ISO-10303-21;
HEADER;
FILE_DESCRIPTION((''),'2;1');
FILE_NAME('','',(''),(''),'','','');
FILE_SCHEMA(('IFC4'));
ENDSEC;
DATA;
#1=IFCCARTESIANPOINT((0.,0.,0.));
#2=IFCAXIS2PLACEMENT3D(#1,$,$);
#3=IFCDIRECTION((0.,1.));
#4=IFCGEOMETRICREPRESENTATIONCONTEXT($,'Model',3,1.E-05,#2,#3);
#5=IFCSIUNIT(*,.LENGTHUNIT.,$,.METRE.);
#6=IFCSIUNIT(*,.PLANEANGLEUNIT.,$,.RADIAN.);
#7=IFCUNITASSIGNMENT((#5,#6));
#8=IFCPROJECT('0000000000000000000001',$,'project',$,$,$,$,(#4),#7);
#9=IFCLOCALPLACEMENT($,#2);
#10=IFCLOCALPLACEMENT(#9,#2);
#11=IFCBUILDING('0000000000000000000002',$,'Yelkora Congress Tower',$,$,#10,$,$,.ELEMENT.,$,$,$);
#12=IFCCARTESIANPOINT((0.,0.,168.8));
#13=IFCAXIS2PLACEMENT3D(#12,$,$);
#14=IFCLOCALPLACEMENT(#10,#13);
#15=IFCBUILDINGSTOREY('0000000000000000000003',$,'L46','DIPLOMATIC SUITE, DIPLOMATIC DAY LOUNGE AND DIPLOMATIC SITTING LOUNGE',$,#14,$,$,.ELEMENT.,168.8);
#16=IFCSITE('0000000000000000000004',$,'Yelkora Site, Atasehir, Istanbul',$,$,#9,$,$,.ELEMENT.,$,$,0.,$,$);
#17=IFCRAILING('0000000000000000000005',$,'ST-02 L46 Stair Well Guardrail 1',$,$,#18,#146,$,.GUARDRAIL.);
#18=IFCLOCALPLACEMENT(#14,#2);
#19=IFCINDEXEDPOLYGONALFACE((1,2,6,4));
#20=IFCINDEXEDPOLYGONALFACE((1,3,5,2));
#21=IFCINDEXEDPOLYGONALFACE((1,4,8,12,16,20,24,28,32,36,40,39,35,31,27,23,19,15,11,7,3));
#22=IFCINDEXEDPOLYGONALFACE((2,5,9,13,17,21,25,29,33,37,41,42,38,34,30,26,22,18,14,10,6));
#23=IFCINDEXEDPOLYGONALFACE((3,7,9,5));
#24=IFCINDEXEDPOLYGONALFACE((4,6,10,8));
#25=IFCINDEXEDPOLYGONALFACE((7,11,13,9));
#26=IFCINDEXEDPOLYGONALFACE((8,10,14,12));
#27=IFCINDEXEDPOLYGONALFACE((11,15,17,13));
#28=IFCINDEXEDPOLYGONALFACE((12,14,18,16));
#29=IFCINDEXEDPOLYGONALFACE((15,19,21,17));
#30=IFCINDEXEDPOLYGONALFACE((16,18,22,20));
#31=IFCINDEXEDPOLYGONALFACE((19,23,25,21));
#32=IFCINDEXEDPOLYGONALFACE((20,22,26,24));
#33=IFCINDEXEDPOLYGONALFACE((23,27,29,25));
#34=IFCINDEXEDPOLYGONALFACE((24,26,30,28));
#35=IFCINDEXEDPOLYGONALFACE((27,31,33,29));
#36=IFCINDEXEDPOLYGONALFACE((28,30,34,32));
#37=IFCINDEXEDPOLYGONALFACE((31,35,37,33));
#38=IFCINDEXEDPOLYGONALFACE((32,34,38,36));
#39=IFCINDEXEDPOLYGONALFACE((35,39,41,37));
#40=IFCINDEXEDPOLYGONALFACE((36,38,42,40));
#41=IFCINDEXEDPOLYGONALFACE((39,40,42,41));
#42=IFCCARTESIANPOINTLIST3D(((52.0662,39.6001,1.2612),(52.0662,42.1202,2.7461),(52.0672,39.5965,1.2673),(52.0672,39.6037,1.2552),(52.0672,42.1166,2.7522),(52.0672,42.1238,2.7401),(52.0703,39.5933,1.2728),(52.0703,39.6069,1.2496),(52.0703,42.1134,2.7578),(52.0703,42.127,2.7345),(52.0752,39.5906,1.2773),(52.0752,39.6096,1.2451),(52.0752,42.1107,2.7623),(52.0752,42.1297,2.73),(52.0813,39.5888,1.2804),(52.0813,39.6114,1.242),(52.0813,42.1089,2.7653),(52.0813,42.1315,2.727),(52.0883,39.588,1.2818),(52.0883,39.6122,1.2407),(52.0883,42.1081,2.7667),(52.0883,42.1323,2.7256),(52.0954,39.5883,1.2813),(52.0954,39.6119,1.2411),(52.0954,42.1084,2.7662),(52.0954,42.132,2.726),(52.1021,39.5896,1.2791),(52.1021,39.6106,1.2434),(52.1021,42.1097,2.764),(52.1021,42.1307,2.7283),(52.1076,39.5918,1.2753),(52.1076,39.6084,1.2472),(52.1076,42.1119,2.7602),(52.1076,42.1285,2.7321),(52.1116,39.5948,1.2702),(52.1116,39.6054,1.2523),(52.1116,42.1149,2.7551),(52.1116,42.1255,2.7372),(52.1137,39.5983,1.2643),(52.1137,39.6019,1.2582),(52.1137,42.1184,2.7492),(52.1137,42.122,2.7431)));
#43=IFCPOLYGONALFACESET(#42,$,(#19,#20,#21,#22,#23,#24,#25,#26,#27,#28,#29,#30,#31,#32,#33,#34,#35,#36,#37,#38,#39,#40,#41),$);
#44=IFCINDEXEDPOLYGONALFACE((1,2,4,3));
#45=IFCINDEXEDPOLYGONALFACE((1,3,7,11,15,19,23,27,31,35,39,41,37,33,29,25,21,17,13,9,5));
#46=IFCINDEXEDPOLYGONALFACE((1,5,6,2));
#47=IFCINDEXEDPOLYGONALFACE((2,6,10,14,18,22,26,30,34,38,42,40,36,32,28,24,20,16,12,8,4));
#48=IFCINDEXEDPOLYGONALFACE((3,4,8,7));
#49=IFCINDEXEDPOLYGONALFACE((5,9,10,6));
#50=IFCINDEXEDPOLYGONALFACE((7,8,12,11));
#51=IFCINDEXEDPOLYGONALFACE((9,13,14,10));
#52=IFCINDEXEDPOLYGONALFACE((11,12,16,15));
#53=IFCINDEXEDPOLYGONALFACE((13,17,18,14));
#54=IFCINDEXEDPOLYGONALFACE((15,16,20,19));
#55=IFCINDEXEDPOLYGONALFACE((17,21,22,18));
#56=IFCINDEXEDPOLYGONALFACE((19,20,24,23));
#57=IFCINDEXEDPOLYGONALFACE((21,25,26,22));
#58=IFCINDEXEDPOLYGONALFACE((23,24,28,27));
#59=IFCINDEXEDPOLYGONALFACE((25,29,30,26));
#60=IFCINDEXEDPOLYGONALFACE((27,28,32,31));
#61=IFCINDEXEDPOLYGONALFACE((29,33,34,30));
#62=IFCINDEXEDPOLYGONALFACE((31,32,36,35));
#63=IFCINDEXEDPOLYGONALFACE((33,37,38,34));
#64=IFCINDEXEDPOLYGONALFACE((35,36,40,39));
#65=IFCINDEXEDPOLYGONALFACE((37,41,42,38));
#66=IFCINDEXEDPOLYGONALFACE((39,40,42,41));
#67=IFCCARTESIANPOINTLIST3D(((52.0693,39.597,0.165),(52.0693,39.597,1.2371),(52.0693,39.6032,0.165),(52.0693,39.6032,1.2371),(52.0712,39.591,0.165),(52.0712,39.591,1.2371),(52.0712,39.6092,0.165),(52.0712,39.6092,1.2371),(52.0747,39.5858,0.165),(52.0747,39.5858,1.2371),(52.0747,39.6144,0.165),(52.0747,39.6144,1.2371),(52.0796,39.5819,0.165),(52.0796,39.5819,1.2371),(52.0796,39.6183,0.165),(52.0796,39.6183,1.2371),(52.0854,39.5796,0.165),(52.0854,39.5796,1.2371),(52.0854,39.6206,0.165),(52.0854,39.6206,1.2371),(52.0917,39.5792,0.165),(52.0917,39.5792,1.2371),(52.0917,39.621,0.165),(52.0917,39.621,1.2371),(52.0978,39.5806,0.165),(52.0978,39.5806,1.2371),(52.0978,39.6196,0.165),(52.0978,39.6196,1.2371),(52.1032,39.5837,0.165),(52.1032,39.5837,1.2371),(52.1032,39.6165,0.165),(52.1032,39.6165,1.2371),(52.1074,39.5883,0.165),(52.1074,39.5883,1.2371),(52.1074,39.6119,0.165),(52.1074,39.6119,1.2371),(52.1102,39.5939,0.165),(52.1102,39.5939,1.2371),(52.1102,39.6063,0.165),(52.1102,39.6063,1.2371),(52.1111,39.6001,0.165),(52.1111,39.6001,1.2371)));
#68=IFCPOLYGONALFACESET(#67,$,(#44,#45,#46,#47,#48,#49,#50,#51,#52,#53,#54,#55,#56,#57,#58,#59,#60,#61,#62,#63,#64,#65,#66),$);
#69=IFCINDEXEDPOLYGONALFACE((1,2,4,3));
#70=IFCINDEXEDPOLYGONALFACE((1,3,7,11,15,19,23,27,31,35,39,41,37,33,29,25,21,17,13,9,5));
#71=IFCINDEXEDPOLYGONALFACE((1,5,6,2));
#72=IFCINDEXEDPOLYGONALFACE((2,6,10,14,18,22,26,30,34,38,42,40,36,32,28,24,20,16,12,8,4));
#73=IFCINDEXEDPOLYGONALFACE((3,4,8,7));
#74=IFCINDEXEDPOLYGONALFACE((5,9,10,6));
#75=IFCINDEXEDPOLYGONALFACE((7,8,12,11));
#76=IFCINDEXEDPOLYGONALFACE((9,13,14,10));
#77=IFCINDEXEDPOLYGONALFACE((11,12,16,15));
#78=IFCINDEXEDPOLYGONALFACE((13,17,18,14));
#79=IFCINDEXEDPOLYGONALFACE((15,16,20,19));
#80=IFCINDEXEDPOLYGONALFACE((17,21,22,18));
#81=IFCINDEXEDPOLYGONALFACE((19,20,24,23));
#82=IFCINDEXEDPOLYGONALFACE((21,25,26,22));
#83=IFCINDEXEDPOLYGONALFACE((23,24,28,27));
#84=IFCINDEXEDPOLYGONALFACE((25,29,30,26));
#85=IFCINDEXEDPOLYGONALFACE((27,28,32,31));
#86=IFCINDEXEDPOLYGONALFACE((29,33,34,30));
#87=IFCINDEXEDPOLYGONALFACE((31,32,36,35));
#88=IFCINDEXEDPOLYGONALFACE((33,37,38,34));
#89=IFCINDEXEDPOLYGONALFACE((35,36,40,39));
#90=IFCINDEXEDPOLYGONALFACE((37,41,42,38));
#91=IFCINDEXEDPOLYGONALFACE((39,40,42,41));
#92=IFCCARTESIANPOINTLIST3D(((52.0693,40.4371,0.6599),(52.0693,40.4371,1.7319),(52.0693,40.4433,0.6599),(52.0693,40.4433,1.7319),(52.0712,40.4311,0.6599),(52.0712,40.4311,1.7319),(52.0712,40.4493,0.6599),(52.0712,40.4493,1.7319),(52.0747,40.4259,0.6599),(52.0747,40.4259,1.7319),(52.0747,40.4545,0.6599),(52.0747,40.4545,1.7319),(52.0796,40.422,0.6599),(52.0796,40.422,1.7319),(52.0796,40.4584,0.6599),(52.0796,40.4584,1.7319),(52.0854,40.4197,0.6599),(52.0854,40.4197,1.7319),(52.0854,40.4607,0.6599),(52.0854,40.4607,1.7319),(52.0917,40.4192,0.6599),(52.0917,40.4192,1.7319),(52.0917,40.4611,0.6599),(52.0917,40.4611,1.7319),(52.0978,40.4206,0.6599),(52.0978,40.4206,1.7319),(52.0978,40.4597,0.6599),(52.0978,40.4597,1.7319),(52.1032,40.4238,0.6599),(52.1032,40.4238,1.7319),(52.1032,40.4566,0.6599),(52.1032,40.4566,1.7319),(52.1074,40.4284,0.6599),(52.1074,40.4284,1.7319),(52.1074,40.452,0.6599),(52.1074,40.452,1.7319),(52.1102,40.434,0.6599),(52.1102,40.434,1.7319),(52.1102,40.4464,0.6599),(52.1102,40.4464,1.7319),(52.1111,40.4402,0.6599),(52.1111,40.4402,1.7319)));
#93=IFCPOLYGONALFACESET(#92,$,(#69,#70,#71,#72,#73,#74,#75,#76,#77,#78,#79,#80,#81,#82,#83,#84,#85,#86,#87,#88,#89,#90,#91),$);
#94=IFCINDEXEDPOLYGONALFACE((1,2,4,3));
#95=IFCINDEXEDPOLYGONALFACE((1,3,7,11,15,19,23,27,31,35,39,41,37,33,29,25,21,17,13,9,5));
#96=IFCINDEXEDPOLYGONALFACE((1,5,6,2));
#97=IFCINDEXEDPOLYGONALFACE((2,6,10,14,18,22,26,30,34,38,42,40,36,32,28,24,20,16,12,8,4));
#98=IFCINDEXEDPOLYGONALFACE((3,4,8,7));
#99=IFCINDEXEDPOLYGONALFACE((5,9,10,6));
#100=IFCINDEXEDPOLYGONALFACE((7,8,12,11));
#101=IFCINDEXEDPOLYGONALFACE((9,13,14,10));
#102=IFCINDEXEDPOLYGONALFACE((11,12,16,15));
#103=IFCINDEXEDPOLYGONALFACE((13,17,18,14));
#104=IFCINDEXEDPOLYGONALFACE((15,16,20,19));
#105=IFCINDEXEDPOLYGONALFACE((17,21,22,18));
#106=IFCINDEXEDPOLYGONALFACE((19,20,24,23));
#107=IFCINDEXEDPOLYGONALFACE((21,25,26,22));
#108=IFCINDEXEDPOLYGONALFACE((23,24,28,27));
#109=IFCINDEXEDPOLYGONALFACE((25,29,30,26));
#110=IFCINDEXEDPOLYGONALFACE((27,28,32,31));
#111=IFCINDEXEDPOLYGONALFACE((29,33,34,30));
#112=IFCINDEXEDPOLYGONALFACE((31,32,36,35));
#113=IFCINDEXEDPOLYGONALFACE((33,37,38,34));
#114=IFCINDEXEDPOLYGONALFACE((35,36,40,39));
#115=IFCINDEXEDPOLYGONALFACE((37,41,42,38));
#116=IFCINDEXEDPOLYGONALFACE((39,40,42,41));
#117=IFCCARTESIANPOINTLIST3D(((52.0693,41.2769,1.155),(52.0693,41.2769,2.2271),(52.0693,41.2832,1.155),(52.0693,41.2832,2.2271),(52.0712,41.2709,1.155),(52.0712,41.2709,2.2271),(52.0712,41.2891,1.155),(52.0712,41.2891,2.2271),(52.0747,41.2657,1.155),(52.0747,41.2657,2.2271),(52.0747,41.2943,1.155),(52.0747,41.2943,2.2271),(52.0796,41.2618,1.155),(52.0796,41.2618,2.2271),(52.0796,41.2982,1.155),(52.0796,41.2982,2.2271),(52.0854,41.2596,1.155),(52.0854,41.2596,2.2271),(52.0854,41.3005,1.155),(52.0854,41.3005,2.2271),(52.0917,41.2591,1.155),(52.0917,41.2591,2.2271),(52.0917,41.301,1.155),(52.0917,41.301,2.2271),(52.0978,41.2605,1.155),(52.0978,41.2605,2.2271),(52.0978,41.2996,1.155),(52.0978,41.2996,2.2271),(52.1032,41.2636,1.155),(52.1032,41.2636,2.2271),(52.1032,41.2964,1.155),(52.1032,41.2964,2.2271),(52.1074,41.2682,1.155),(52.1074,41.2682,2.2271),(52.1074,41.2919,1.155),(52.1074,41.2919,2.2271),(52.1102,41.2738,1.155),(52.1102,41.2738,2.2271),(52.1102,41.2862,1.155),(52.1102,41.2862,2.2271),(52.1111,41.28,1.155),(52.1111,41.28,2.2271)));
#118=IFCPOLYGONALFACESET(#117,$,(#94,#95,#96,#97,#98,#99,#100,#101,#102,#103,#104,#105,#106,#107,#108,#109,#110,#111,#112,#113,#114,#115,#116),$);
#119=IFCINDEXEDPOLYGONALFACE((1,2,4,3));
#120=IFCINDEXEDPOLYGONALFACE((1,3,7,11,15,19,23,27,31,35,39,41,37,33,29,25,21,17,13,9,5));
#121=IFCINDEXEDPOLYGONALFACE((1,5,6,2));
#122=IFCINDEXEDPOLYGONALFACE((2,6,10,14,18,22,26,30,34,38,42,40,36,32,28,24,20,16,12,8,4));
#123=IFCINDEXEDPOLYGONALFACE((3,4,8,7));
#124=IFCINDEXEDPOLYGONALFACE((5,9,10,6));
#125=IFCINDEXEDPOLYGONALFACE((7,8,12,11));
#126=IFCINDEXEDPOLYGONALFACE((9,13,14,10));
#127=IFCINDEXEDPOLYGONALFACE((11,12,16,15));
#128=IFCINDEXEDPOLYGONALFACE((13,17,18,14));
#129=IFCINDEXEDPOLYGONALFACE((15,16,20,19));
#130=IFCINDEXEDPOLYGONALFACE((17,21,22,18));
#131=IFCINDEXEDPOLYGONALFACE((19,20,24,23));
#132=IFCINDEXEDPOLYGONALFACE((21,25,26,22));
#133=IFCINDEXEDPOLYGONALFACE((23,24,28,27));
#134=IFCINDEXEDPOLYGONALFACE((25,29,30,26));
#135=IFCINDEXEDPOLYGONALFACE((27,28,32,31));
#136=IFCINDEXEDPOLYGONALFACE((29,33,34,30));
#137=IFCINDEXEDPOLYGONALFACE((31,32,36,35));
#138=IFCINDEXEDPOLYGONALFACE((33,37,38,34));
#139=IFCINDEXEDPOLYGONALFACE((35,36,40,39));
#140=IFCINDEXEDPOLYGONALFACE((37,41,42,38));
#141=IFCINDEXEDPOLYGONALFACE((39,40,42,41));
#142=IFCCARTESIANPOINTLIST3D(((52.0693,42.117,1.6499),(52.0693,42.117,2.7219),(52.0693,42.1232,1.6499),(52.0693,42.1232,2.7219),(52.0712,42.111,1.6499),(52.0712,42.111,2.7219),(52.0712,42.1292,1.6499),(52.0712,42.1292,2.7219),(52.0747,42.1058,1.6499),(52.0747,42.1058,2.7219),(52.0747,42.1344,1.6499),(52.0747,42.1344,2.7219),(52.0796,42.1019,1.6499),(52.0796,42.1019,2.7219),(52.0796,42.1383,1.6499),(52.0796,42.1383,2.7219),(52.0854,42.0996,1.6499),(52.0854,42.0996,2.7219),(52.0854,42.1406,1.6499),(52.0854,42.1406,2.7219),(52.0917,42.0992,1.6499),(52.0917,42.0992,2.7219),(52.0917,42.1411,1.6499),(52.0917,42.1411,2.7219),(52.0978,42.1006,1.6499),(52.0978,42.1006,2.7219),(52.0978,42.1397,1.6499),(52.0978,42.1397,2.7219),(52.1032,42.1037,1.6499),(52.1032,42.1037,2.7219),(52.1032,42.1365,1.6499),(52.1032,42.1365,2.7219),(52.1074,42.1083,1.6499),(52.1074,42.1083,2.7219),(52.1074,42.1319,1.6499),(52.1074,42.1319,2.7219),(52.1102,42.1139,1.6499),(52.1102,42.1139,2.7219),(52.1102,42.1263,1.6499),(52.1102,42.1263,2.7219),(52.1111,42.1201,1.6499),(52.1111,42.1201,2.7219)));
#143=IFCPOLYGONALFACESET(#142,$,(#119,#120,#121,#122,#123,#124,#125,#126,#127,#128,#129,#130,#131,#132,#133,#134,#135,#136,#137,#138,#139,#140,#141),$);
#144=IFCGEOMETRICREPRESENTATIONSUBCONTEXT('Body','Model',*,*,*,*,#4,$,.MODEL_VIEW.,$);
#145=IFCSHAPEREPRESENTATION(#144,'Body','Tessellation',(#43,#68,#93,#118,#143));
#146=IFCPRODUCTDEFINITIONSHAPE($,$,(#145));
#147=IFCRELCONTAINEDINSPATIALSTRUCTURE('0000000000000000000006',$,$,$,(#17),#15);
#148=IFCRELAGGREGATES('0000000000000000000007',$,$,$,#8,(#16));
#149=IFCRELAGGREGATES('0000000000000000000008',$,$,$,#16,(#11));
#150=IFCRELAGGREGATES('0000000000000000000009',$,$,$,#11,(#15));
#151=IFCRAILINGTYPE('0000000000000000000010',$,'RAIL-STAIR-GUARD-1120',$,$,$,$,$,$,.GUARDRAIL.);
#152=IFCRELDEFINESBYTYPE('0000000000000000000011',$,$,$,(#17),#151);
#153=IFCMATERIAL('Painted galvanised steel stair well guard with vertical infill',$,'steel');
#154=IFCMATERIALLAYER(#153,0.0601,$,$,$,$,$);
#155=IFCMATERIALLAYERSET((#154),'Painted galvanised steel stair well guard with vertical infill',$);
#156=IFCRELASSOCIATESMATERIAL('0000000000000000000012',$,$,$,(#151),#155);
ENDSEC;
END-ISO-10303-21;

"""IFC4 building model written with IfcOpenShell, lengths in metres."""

from ifc_helpers import new_model, si_unit, direction, frame, origin, origin_2d, place, context, subcontext, project, spatial, circle, extrude, material, layer, layer_set, type_object, element, save


model = new_model("IFC4")

# Units and contexts
model_context = context("Model", 3, precision=1e-05, world=origin(), true_north=direction((0.0, 1.0)))
body_context = subcontext(model_context, "Body", "Model", "MODEL_VIEW")
ifc_project = project(units=[si_unit("LENGTHUNIT", "METRE"), si_unit("PLANEANGLEUNIT", "RADIAN")], contexts=[model_context])

# Site, building, storey
site_placement = place(None, origin())
site = spatial("IfcSite", under=ifc_project, at=site_placement, Name="Yelkora Site, Atasehir, Istanbul", CompositionType="ELEMENT", RefElevation=0.0)
building_placement = place(site_placement, origin())
building = spatial("IfcBuilding", under=site, at=building_placement, Name="Yelkora Congress Tower", CompositionType="ELEMENT")
storey_placement = place(building_placement, frame((0.0, 0.0, 168.8)))
storey = spatial("IfcBuildingStorey", under=building, at=storey_placement, Name="L46", Description="DIPLOMATIC SUITE, DIPLOMATIC DAY LOUNGE AND DIPLOMATIC SITTING LOUNGE", CompositionType="ELEMENT", Elevation=168.8)

# Railing
ifc_material_1 = material(Name="Painted galvanised steel stair well guard with vertical infill", Category="steel")
ifc_layer_1 = layer(ifc_material_1, 0.0601)
ifc_layer_set_1 = layer_set([ifc_layer_1], Name="Painted galvanised steel stair well guard with vertical infill")
railing_type_1 = type_object("IfcRailingType", Name="RAIL-STAIR-GUARD-1120", PredefinedType="GUARDRAIL", material=ifc_layer_set_1)
railing_1_placement = place(storey_placement, frame((52.0901, 39.6001, 0.165)))
element("IfcRailing", 1, at=railing_1_placement, inside=storey, type_object=railing_type_1, Name="ST-02 L46 Stair Well Guardrail 1", PredefinedType="GUARDRAIL", context=body_context, shape_type="SweptSolid", body=[
    extrude(circle(Radius=0.0239, at=origin_2d()), frame((0.0, 0.0, 1.0962), z_axis=(0.0, 0.861561, 0.507655), x_axis=(-1.0, 0.0, 0.0)), (0.0, 0.0, 1.0), 2.925),
    extrude(circle(Radius=0.021, at=origin_2d()), origin(), (0.0, 0.0, 1.0), 1.072),
    extrude(circle(Radius=0.021, at=origin_2d()), frame((0.0, 0.8401, 0.4949)), (0.0, 0.0, 1.0), 1.072),
    extrude(circle(Radius=0.021, at=origin_2d()), frame((0.0, 1.6799, 0.99)), (0.0, 0.0, 1.0), 1.072),
    extrude(circle(Radius=0.021, at=origin_2d()), frame((0.0, 2.52, 1.4849)), (0.0, 0.0, 1.0), 1.072),
])

save(model, "model.ifc")
